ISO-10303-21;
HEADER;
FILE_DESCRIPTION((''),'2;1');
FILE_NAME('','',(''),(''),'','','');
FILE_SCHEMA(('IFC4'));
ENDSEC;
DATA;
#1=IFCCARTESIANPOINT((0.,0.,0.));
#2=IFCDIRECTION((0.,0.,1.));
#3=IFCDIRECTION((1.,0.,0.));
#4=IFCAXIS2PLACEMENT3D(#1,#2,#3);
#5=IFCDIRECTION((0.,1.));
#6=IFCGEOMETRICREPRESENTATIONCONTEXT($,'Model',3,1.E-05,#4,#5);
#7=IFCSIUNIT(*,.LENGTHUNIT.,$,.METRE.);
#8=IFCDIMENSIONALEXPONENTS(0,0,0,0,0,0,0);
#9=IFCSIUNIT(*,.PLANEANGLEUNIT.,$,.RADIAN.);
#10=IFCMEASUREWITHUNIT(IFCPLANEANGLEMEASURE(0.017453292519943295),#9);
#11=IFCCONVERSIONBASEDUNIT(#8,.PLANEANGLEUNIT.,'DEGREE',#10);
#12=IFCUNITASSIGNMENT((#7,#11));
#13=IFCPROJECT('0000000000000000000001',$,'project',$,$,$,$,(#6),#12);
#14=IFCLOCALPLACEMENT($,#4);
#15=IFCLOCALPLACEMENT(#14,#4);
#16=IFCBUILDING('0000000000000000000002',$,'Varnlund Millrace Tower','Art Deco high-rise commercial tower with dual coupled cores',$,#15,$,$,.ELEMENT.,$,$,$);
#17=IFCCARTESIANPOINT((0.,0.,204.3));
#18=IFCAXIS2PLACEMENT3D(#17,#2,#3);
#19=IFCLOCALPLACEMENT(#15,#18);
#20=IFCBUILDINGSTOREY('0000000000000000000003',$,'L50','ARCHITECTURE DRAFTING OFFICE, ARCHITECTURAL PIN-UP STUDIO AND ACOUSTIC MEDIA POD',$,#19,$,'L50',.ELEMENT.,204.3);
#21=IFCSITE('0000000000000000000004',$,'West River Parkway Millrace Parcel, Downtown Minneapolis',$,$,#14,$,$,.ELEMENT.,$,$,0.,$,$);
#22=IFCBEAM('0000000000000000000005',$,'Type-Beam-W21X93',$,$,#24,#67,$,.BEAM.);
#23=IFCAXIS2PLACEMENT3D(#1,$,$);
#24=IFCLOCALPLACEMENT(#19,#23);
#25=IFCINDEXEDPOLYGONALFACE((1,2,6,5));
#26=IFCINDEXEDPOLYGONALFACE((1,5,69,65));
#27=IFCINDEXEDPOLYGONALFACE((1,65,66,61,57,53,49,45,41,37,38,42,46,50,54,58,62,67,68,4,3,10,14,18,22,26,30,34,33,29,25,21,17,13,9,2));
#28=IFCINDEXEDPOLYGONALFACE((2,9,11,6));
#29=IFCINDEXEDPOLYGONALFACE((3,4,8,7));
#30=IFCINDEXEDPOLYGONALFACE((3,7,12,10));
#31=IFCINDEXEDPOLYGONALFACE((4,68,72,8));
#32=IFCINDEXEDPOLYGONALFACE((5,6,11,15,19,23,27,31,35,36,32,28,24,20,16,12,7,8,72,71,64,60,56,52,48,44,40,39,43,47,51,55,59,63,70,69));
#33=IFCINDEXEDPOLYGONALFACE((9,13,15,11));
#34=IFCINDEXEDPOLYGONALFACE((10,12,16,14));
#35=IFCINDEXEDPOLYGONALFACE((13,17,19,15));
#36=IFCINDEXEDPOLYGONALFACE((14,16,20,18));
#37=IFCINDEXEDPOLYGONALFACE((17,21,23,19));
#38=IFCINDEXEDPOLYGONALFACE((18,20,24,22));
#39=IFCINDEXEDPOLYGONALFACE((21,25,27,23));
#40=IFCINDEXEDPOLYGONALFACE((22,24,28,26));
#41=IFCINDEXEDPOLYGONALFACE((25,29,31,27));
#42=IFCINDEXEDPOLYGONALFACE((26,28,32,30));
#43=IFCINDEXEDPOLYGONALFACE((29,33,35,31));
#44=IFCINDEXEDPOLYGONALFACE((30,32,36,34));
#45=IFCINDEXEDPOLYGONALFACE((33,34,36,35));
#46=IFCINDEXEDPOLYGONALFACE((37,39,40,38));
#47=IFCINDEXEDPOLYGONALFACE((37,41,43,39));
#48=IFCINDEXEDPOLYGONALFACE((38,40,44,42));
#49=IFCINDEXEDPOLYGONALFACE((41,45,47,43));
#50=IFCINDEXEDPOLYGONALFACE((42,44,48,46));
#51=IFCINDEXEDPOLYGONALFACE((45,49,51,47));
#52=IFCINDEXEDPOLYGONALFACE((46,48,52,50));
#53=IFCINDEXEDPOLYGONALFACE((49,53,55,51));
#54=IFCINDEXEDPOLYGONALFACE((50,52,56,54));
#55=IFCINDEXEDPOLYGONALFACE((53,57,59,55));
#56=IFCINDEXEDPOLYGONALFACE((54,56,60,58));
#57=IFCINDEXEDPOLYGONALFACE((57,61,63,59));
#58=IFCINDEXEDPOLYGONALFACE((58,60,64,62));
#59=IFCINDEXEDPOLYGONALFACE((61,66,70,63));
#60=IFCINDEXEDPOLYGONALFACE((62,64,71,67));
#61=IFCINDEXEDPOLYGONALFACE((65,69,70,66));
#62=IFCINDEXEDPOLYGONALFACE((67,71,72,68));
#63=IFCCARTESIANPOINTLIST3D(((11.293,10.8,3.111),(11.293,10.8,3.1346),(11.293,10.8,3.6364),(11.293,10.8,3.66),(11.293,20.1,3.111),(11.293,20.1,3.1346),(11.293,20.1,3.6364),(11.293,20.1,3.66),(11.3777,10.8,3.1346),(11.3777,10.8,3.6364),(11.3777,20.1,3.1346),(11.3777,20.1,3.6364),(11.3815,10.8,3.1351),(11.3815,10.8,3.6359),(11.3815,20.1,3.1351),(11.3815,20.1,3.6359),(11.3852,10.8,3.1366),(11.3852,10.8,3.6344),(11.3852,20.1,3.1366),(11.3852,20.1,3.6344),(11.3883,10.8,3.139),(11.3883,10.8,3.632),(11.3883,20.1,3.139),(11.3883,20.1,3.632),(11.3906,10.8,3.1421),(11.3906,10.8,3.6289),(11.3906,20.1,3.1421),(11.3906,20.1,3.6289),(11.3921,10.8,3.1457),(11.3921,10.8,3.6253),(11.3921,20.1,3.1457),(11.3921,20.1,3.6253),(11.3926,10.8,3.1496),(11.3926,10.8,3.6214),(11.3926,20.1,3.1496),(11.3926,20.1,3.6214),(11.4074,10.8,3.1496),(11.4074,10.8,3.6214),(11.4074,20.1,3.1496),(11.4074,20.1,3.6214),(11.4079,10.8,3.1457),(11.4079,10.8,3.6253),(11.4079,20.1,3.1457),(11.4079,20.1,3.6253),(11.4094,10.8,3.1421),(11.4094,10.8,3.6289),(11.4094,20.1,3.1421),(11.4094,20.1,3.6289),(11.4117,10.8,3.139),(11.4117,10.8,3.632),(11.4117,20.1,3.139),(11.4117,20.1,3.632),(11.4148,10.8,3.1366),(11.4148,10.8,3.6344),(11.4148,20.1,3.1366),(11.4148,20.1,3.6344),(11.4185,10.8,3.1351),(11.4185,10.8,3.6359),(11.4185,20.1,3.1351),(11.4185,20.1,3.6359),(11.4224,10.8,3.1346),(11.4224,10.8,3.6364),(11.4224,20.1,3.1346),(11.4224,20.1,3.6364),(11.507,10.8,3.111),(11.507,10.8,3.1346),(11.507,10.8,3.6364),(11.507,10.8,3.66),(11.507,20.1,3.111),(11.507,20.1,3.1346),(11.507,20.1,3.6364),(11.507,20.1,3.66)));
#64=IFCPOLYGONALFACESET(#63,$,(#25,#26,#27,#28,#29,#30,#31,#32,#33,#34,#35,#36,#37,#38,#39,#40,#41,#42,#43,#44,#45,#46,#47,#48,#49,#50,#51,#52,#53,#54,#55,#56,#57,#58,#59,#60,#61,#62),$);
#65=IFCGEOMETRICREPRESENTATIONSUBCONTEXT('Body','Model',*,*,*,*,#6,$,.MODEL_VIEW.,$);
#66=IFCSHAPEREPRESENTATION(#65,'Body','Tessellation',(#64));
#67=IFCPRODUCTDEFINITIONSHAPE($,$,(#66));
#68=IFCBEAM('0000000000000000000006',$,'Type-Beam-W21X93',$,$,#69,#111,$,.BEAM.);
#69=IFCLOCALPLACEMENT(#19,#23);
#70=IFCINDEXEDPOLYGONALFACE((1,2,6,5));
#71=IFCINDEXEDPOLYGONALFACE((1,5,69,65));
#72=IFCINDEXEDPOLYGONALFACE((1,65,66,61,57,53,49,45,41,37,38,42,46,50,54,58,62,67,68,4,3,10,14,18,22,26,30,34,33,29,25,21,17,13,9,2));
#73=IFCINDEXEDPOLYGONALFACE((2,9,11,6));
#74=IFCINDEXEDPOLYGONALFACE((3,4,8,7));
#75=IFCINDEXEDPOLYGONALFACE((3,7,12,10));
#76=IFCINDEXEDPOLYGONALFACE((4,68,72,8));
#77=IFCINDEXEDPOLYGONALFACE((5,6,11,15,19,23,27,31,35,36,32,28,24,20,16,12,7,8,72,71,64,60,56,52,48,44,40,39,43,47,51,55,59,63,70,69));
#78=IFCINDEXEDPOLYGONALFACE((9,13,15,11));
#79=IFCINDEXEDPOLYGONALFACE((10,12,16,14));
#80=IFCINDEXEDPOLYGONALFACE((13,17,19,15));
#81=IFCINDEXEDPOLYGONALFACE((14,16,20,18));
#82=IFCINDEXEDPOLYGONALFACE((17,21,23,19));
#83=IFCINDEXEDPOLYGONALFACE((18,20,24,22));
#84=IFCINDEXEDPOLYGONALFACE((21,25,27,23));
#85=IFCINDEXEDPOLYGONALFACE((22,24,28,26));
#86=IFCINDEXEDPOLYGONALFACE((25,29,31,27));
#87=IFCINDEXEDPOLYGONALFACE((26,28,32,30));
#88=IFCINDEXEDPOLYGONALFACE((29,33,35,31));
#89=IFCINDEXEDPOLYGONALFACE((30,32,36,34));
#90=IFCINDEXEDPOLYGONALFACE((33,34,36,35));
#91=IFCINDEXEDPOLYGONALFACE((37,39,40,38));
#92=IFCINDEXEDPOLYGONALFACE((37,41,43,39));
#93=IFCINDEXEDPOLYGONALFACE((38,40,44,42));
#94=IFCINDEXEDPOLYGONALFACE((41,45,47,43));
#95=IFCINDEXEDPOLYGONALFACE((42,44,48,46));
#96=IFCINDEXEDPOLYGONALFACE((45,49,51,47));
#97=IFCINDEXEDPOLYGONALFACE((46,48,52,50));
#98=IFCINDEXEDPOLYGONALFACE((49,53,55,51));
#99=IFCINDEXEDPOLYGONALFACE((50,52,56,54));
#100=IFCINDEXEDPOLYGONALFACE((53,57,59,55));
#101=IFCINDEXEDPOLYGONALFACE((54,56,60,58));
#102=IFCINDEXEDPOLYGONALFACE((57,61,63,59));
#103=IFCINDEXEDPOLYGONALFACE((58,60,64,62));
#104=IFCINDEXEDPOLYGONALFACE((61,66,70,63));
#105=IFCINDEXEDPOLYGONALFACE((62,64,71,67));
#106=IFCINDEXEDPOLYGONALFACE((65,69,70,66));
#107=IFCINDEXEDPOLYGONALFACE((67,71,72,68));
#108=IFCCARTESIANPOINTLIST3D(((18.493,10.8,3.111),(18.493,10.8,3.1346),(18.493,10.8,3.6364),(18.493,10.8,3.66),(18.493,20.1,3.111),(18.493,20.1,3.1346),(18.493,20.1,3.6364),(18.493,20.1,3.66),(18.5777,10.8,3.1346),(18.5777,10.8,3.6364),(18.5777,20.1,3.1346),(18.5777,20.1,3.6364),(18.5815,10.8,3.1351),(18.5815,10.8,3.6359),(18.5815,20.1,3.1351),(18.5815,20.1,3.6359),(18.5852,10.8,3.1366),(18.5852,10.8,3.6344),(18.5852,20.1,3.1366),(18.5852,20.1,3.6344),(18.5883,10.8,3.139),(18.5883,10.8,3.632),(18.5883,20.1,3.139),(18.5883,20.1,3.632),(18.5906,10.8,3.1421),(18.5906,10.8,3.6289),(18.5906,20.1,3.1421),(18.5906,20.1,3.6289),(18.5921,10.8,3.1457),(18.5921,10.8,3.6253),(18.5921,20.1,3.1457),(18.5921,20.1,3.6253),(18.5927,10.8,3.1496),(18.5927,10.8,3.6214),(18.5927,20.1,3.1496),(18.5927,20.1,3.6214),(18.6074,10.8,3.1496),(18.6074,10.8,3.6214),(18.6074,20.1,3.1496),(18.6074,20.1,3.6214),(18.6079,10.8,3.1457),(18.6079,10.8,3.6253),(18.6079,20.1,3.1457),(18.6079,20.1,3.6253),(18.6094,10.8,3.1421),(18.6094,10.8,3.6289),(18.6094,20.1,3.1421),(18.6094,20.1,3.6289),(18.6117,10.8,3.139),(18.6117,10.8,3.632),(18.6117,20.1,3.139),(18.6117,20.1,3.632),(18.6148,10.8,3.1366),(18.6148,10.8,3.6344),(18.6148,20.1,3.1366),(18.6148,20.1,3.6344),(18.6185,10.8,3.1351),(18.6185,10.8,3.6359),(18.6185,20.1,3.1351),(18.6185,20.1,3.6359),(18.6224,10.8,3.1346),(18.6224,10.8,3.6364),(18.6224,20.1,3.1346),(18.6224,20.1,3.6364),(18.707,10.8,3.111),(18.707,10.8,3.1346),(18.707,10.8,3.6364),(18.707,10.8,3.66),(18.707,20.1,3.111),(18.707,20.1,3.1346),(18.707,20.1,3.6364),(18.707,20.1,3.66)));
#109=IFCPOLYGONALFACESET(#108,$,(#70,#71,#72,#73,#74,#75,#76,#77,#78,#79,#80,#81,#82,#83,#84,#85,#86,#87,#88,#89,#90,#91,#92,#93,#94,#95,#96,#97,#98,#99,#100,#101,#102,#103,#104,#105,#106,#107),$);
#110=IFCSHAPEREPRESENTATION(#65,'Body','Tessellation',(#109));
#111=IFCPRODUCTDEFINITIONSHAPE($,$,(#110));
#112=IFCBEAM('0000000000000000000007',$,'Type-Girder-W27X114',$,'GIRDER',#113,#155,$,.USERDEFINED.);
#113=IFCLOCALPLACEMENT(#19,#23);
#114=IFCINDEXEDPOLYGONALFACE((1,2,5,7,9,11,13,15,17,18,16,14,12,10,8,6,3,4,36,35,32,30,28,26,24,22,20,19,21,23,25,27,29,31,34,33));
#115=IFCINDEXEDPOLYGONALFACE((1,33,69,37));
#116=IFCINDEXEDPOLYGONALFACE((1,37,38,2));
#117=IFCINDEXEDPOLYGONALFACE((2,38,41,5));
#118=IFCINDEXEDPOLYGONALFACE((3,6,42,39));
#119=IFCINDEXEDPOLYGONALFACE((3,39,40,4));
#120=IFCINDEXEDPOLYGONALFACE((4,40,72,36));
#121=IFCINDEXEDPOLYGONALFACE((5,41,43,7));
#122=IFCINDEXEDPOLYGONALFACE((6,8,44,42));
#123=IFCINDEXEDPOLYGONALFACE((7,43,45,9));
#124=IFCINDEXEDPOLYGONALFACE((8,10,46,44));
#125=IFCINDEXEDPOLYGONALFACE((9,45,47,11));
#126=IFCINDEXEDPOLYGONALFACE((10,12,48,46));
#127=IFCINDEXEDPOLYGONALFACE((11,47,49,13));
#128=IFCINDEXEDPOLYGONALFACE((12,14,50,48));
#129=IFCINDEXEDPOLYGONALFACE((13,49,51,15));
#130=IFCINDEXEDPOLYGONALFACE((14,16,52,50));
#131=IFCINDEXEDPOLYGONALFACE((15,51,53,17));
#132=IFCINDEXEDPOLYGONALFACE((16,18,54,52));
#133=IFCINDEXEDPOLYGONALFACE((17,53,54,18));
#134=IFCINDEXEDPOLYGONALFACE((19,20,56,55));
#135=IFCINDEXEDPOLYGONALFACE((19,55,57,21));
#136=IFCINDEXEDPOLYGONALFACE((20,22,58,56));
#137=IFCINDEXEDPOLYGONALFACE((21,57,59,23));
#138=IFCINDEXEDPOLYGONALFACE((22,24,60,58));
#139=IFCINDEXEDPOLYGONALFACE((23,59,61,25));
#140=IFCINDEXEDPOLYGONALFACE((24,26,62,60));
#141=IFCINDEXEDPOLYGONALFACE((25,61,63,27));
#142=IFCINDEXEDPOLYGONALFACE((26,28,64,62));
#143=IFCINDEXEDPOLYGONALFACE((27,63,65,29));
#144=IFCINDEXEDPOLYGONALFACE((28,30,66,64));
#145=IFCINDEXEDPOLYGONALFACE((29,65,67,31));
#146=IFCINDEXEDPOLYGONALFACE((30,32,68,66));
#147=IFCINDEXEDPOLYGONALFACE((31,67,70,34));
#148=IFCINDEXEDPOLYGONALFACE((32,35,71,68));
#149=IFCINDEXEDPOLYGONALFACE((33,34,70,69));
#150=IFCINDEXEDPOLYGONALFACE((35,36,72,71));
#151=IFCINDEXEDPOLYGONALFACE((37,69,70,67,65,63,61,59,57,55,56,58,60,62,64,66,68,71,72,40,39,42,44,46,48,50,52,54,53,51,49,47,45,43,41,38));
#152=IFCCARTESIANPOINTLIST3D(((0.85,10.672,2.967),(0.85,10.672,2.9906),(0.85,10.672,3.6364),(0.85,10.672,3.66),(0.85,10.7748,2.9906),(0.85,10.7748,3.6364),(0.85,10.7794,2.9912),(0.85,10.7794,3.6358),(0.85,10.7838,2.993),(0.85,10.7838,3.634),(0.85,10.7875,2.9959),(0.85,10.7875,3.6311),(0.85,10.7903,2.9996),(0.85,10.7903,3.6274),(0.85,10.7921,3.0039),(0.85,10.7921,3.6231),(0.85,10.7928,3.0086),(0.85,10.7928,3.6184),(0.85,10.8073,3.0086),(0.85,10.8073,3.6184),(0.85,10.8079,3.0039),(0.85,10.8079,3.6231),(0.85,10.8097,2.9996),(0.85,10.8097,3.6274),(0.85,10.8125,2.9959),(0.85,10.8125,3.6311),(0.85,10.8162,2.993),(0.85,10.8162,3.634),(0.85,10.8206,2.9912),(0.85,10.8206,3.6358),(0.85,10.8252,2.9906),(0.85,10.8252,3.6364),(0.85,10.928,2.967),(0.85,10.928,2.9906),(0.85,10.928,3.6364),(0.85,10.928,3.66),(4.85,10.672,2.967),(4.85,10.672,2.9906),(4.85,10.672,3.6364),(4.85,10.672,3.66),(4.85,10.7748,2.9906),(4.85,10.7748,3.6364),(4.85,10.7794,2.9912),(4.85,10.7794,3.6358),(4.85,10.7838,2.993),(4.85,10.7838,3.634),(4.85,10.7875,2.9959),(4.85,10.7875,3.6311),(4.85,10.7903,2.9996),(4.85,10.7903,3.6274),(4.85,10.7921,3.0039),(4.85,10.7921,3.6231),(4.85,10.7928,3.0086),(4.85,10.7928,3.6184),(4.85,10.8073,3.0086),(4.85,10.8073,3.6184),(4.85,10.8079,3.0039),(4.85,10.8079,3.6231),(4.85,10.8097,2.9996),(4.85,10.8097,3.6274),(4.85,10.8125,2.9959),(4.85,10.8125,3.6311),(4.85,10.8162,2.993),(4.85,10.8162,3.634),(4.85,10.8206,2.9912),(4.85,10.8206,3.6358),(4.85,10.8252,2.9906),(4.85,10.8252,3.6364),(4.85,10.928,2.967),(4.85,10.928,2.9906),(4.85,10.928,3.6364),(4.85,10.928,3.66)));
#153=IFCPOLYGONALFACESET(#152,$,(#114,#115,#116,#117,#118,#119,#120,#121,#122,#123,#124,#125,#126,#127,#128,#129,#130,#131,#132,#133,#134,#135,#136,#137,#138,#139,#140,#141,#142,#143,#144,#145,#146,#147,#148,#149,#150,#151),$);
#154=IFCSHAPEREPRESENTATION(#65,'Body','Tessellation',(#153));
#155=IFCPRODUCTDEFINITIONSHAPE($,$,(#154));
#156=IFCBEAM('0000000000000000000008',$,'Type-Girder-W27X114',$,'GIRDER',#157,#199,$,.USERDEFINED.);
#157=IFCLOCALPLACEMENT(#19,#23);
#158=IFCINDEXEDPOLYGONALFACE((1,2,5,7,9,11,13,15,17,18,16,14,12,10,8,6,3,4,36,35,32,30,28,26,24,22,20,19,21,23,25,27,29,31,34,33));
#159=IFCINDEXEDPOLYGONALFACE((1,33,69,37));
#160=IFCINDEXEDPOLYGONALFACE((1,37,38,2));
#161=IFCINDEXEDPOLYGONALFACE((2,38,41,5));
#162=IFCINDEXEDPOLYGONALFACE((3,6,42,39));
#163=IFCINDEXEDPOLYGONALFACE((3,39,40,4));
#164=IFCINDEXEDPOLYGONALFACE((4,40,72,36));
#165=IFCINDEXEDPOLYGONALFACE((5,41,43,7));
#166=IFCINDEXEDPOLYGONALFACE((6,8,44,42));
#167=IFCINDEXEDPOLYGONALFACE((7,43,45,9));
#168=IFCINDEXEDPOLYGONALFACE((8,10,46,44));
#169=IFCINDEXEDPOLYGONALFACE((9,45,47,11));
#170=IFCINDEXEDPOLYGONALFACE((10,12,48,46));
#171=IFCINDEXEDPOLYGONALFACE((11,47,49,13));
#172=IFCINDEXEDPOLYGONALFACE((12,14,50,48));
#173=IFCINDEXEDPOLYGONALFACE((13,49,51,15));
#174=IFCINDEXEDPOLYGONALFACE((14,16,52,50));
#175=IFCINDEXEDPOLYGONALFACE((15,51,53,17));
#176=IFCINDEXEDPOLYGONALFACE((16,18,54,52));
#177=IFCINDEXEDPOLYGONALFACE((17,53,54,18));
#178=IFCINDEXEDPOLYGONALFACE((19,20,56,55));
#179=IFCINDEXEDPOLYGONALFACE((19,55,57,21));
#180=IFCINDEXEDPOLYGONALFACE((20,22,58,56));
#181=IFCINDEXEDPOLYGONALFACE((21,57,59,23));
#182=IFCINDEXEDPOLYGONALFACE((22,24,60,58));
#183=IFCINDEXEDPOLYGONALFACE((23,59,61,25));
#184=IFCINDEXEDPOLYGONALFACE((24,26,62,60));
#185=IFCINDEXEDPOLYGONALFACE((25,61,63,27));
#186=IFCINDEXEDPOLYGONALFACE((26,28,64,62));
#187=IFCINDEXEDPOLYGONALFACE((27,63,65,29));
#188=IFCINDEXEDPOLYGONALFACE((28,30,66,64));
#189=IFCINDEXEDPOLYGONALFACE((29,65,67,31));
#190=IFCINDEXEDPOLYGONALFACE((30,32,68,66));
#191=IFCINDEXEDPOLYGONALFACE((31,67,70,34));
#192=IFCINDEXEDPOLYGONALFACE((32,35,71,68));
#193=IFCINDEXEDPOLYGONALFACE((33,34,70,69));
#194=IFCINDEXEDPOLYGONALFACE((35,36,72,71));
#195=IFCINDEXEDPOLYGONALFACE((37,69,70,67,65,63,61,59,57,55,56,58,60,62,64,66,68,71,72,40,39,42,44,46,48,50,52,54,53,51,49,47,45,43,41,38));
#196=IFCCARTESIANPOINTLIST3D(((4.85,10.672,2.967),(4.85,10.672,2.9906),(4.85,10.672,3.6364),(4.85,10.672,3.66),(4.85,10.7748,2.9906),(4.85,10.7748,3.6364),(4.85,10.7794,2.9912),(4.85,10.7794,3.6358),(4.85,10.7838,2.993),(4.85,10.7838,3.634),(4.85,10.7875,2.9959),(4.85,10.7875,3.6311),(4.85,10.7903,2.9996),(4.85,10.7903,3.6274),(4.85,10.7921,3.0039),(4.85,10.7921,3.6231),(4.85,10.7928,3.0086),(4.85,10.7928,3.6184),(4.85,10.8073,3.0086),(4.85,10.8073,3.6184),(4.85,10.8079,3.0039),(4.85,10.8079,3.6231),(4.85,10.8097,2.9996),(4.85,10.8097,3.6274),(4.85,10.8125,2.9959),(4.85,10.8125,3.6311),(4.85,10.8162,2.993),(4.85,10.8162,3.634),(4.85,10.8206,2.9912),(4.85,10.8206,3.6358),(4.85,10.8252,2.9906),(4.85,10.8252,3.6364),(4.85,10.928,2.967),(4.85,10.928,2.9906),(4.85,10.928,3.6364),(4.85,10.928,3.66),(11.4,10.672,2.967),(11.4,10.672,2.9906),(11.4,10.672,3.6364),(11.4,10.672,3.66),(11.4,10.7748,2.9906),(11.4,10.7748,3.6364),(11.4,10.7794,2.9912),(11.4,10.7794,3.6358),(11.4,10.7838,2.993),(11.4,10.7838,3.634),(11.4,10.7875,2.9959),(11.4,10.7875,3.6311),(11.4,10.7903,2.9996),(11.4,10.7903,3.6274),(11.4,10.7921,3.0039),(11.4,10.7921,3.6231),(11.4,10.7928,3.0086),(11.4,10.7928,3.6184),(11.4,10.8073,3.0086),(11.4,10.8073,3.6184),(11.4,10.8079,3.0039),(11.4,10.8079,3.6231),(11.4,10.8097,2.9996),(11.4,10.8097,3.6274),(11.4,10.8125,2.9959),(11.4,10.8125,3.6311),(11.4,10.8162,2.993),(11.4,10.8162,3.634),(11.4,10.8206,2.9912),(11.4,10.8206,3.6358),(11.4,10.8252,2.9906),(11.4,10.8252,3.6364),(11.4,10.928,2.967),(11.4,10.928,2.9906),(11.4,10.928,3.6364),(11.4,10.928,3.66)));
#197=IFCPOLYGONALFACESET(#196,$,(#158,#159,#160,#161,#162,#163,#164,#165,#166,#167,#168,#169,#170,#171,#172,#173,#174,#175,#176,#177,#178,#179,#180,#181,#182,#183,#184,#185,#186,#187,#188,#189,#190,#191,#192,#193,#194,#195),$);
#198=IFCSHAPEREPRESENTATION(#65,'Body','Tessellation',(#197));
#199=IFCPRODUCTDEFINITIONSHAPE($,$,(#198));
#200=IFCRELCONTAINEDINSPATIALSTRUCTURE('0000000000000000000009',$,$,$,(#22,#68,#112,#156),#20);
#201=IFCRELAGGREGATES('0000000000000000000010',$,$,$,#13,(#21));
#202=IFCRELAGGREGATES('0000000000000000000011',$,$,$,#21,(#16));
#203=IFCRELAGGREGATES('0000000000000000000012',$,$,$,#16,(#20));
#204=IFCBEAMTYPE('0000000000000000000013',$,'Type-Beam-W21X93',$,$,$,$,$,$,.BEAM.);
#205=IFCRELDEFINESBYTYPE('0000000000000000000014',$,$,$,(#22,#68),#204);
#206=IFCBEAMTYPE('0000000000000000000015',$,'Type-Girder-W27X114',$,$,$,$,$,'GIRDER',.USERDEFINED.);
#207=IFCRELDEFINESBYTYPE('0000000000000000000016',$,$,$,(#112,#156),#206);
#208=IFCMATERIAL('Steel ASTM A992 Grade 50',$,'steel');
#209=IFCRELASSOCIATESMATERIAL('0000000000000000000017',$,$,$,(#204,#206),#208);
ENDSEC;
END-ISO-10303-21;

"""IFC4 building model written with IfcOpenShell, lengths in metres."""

from ifc_helpers import new_model, entity, si_unit, converted_unit, direction, frame, origin_with_axes, origin_2d_with_axis, place, context, subcontext, project, spatial, i_section, extrude, material, material_profile, profile_set, type_object, element, save


model = new_model("IFC4")

# Units and contexts
model_context = context("Model", 3, precision=1e-05, world=origin_with_axes(), true_north=direction((0.0, 1.0)))
body_context = subcontext(model_context, "Body", "Model", "MODEL_VIEW")
ifc_project = project(units=[si_unit("LENGTHUNIT", "METRE"), converted_unit("PLANEANGLEUNIT", "DEGREE", entity("IfcPlaneAngleMeasure", 0.017453292519943295), si_unit("PLANEANGLEUNIT", "RADIAN"), dimensions=[0, 0, 0, 0, 0, 0, 0])], contexts=[model_context])

# Site, building, storey
site_placement = place(None, origin_with_axes())
site = spatial("IfcSite", under=ifc_project, at=site_placement, Name="West River Parkway Millrace Parcel, Downtown Minneapolis", CompositionType="ELEMENT", RefElevation=0.0)
building_placement = place(site_placement, origin_with_axes())
building = spatial("IfcBuilding", under=site, at=building_placement, Name="Varnlund Millrace Tower", Description="Art Deco high-rise commercial tower with dual coupled cores", CompositionType="ELEMENT")
storey_placement = place(building_placement, frame((0.0, 0.0, 204.3), z_axis=(0.0, 0.0, 1.0), x_axis=(1.0, 0.0, 0.0)))
storey = spatial("IfcBuildingStorey", under=building, at=storey_placement, Name="L50", Description="ARCHITECTURE DRAFTING OFFICE, ARCHITECTURAL PIN-UP STUDIO AND ACOUSTIC MEDIA POD", LongName="L50", CompositionType="ELEMENT", Elevation=204.3)

# Beams
ifc_material_1 = material(Name="Steel ASTM A992 Grade 50", Category="steel")
ifc_material_profile_1 = material_profile(ifc_material_1, i_section(OverallWidth=0.214, OverallDepth=0.549, WebThickness=0.0147, FlangeThickness=0.0236, FilletRadius=0.015, at=origin_2d_with_axis()), Name="Steel ASTM A992 Grade 50")
ifc_profile_set_1 = profile_set([ifc_material_profile_1], Name="Steel ASTM A992 Grade 50")
beam_type_1 = type_object("IfcBeamType", Name="Type-Beam-W21X93", PredefinedType="BEAM", material=ifc_profile_set_1)
for number, where, z_axis, x_axis, name in (
    (1, (11.4, 10.8, 3.3855), (0.0, 1.0, 0.0), (-1.0, 0.0, 0.0), "Type-Beam-W21X93"),
    (2, (18.6, 10.8, 3.3855), (0.0, 1.0, 0.0), (-1.0, 0.0, 0.0), "Type-Beam-W21X93"),
):
    element("IfcBeam", number, at=place(storey_placement, frame(where, z_axis=z_axis, x_axis=x_axis)), inside=storey, type_object=beam_type_1, Name=name, PredefinedType="BEAM", context=body_context, shape_type="SweptSolid", body=[
        extrude(i_section(OverallWidth=0.214, OverallDepth=0.549, WebThickness=0.0147, FlangeThickness=0.0236, FilletRadius=0.015, at=origin_2d_with_axis()), origin_with_axes(), (0.0, 0.0, 1.0), 9.3),
    ])
ifc_material_profile_2 = material_profile(ifc_material_1, i_section(OverallWidth=0.256, OverallDepth=0.693, WebThickness=0.0145, FlangeThickness=0.0236, FilletRadius=0.018, at=origin_2d_with_axis()), Name="Steel ASTM A992 Grade 50")
ifc_profile_set_2 = profile_set([ifc_material_profile_2], Name="Steel ASTM A992 Grade 50")
beam_type_2 = type_object("IfcBeamType", Name="Type-Girder-W27X114", ElementType="GIRDER", PredefinedType="USERDEFINED", material=ifc_profile_set_2)
beam_1_placement = place(storey_placement, frame((0.85, 10.8, 3.3135), z_axis=(1.0, 0.0, 0.0), x_axis=(0.0, 1.0, 0.0)))
element("IfcBeam", 3, at=beam_1_placement, inside=storey, type_object=beam_type_2, Name="Type-Girder-W27X114", ObjectType="GIRDER", PredefinedType="USERDEFINED", context=body_context, shape_type="SweptSolid", body=[
    extrude(i_section(OverallWidth=0.256, OverallDepth=0.693, WebThickness=0.0145, FlangeThickness=0.0236, FilletRadius=0.018, at=origin_2d_with_axis()), origin_with_axes(), (0.0, 0.0, 1.0), 4.0),
])
beam_2_placement = place(storey_placement, frame((4.85, 10.8, 3.3135), z_axis=(1.0, 0.0, 0.0), x_axis=(0.0, 1.0, 0.0)))
element("IfcBeam", 4, at=beam_2_placement, inside=storey, type_object=beam_type_2, Name="Type-Girder-W27X114", ObjectType="GIRDER", PredefinedType="USERDEFINED", context=body_context, shape_type="SweptSolid", body=[
    extrude(i_section(OverallWidth=0.256, OverallDepth=0.693, WebThickness=0.0145, FlangeThickness=0.0236, FilletRadius=0.018, at=origin_2d_with_axis()), origin_with_axes(), (0.0, 0.0, 1.0), 6.55),
])

save(model, "model.ifc")
